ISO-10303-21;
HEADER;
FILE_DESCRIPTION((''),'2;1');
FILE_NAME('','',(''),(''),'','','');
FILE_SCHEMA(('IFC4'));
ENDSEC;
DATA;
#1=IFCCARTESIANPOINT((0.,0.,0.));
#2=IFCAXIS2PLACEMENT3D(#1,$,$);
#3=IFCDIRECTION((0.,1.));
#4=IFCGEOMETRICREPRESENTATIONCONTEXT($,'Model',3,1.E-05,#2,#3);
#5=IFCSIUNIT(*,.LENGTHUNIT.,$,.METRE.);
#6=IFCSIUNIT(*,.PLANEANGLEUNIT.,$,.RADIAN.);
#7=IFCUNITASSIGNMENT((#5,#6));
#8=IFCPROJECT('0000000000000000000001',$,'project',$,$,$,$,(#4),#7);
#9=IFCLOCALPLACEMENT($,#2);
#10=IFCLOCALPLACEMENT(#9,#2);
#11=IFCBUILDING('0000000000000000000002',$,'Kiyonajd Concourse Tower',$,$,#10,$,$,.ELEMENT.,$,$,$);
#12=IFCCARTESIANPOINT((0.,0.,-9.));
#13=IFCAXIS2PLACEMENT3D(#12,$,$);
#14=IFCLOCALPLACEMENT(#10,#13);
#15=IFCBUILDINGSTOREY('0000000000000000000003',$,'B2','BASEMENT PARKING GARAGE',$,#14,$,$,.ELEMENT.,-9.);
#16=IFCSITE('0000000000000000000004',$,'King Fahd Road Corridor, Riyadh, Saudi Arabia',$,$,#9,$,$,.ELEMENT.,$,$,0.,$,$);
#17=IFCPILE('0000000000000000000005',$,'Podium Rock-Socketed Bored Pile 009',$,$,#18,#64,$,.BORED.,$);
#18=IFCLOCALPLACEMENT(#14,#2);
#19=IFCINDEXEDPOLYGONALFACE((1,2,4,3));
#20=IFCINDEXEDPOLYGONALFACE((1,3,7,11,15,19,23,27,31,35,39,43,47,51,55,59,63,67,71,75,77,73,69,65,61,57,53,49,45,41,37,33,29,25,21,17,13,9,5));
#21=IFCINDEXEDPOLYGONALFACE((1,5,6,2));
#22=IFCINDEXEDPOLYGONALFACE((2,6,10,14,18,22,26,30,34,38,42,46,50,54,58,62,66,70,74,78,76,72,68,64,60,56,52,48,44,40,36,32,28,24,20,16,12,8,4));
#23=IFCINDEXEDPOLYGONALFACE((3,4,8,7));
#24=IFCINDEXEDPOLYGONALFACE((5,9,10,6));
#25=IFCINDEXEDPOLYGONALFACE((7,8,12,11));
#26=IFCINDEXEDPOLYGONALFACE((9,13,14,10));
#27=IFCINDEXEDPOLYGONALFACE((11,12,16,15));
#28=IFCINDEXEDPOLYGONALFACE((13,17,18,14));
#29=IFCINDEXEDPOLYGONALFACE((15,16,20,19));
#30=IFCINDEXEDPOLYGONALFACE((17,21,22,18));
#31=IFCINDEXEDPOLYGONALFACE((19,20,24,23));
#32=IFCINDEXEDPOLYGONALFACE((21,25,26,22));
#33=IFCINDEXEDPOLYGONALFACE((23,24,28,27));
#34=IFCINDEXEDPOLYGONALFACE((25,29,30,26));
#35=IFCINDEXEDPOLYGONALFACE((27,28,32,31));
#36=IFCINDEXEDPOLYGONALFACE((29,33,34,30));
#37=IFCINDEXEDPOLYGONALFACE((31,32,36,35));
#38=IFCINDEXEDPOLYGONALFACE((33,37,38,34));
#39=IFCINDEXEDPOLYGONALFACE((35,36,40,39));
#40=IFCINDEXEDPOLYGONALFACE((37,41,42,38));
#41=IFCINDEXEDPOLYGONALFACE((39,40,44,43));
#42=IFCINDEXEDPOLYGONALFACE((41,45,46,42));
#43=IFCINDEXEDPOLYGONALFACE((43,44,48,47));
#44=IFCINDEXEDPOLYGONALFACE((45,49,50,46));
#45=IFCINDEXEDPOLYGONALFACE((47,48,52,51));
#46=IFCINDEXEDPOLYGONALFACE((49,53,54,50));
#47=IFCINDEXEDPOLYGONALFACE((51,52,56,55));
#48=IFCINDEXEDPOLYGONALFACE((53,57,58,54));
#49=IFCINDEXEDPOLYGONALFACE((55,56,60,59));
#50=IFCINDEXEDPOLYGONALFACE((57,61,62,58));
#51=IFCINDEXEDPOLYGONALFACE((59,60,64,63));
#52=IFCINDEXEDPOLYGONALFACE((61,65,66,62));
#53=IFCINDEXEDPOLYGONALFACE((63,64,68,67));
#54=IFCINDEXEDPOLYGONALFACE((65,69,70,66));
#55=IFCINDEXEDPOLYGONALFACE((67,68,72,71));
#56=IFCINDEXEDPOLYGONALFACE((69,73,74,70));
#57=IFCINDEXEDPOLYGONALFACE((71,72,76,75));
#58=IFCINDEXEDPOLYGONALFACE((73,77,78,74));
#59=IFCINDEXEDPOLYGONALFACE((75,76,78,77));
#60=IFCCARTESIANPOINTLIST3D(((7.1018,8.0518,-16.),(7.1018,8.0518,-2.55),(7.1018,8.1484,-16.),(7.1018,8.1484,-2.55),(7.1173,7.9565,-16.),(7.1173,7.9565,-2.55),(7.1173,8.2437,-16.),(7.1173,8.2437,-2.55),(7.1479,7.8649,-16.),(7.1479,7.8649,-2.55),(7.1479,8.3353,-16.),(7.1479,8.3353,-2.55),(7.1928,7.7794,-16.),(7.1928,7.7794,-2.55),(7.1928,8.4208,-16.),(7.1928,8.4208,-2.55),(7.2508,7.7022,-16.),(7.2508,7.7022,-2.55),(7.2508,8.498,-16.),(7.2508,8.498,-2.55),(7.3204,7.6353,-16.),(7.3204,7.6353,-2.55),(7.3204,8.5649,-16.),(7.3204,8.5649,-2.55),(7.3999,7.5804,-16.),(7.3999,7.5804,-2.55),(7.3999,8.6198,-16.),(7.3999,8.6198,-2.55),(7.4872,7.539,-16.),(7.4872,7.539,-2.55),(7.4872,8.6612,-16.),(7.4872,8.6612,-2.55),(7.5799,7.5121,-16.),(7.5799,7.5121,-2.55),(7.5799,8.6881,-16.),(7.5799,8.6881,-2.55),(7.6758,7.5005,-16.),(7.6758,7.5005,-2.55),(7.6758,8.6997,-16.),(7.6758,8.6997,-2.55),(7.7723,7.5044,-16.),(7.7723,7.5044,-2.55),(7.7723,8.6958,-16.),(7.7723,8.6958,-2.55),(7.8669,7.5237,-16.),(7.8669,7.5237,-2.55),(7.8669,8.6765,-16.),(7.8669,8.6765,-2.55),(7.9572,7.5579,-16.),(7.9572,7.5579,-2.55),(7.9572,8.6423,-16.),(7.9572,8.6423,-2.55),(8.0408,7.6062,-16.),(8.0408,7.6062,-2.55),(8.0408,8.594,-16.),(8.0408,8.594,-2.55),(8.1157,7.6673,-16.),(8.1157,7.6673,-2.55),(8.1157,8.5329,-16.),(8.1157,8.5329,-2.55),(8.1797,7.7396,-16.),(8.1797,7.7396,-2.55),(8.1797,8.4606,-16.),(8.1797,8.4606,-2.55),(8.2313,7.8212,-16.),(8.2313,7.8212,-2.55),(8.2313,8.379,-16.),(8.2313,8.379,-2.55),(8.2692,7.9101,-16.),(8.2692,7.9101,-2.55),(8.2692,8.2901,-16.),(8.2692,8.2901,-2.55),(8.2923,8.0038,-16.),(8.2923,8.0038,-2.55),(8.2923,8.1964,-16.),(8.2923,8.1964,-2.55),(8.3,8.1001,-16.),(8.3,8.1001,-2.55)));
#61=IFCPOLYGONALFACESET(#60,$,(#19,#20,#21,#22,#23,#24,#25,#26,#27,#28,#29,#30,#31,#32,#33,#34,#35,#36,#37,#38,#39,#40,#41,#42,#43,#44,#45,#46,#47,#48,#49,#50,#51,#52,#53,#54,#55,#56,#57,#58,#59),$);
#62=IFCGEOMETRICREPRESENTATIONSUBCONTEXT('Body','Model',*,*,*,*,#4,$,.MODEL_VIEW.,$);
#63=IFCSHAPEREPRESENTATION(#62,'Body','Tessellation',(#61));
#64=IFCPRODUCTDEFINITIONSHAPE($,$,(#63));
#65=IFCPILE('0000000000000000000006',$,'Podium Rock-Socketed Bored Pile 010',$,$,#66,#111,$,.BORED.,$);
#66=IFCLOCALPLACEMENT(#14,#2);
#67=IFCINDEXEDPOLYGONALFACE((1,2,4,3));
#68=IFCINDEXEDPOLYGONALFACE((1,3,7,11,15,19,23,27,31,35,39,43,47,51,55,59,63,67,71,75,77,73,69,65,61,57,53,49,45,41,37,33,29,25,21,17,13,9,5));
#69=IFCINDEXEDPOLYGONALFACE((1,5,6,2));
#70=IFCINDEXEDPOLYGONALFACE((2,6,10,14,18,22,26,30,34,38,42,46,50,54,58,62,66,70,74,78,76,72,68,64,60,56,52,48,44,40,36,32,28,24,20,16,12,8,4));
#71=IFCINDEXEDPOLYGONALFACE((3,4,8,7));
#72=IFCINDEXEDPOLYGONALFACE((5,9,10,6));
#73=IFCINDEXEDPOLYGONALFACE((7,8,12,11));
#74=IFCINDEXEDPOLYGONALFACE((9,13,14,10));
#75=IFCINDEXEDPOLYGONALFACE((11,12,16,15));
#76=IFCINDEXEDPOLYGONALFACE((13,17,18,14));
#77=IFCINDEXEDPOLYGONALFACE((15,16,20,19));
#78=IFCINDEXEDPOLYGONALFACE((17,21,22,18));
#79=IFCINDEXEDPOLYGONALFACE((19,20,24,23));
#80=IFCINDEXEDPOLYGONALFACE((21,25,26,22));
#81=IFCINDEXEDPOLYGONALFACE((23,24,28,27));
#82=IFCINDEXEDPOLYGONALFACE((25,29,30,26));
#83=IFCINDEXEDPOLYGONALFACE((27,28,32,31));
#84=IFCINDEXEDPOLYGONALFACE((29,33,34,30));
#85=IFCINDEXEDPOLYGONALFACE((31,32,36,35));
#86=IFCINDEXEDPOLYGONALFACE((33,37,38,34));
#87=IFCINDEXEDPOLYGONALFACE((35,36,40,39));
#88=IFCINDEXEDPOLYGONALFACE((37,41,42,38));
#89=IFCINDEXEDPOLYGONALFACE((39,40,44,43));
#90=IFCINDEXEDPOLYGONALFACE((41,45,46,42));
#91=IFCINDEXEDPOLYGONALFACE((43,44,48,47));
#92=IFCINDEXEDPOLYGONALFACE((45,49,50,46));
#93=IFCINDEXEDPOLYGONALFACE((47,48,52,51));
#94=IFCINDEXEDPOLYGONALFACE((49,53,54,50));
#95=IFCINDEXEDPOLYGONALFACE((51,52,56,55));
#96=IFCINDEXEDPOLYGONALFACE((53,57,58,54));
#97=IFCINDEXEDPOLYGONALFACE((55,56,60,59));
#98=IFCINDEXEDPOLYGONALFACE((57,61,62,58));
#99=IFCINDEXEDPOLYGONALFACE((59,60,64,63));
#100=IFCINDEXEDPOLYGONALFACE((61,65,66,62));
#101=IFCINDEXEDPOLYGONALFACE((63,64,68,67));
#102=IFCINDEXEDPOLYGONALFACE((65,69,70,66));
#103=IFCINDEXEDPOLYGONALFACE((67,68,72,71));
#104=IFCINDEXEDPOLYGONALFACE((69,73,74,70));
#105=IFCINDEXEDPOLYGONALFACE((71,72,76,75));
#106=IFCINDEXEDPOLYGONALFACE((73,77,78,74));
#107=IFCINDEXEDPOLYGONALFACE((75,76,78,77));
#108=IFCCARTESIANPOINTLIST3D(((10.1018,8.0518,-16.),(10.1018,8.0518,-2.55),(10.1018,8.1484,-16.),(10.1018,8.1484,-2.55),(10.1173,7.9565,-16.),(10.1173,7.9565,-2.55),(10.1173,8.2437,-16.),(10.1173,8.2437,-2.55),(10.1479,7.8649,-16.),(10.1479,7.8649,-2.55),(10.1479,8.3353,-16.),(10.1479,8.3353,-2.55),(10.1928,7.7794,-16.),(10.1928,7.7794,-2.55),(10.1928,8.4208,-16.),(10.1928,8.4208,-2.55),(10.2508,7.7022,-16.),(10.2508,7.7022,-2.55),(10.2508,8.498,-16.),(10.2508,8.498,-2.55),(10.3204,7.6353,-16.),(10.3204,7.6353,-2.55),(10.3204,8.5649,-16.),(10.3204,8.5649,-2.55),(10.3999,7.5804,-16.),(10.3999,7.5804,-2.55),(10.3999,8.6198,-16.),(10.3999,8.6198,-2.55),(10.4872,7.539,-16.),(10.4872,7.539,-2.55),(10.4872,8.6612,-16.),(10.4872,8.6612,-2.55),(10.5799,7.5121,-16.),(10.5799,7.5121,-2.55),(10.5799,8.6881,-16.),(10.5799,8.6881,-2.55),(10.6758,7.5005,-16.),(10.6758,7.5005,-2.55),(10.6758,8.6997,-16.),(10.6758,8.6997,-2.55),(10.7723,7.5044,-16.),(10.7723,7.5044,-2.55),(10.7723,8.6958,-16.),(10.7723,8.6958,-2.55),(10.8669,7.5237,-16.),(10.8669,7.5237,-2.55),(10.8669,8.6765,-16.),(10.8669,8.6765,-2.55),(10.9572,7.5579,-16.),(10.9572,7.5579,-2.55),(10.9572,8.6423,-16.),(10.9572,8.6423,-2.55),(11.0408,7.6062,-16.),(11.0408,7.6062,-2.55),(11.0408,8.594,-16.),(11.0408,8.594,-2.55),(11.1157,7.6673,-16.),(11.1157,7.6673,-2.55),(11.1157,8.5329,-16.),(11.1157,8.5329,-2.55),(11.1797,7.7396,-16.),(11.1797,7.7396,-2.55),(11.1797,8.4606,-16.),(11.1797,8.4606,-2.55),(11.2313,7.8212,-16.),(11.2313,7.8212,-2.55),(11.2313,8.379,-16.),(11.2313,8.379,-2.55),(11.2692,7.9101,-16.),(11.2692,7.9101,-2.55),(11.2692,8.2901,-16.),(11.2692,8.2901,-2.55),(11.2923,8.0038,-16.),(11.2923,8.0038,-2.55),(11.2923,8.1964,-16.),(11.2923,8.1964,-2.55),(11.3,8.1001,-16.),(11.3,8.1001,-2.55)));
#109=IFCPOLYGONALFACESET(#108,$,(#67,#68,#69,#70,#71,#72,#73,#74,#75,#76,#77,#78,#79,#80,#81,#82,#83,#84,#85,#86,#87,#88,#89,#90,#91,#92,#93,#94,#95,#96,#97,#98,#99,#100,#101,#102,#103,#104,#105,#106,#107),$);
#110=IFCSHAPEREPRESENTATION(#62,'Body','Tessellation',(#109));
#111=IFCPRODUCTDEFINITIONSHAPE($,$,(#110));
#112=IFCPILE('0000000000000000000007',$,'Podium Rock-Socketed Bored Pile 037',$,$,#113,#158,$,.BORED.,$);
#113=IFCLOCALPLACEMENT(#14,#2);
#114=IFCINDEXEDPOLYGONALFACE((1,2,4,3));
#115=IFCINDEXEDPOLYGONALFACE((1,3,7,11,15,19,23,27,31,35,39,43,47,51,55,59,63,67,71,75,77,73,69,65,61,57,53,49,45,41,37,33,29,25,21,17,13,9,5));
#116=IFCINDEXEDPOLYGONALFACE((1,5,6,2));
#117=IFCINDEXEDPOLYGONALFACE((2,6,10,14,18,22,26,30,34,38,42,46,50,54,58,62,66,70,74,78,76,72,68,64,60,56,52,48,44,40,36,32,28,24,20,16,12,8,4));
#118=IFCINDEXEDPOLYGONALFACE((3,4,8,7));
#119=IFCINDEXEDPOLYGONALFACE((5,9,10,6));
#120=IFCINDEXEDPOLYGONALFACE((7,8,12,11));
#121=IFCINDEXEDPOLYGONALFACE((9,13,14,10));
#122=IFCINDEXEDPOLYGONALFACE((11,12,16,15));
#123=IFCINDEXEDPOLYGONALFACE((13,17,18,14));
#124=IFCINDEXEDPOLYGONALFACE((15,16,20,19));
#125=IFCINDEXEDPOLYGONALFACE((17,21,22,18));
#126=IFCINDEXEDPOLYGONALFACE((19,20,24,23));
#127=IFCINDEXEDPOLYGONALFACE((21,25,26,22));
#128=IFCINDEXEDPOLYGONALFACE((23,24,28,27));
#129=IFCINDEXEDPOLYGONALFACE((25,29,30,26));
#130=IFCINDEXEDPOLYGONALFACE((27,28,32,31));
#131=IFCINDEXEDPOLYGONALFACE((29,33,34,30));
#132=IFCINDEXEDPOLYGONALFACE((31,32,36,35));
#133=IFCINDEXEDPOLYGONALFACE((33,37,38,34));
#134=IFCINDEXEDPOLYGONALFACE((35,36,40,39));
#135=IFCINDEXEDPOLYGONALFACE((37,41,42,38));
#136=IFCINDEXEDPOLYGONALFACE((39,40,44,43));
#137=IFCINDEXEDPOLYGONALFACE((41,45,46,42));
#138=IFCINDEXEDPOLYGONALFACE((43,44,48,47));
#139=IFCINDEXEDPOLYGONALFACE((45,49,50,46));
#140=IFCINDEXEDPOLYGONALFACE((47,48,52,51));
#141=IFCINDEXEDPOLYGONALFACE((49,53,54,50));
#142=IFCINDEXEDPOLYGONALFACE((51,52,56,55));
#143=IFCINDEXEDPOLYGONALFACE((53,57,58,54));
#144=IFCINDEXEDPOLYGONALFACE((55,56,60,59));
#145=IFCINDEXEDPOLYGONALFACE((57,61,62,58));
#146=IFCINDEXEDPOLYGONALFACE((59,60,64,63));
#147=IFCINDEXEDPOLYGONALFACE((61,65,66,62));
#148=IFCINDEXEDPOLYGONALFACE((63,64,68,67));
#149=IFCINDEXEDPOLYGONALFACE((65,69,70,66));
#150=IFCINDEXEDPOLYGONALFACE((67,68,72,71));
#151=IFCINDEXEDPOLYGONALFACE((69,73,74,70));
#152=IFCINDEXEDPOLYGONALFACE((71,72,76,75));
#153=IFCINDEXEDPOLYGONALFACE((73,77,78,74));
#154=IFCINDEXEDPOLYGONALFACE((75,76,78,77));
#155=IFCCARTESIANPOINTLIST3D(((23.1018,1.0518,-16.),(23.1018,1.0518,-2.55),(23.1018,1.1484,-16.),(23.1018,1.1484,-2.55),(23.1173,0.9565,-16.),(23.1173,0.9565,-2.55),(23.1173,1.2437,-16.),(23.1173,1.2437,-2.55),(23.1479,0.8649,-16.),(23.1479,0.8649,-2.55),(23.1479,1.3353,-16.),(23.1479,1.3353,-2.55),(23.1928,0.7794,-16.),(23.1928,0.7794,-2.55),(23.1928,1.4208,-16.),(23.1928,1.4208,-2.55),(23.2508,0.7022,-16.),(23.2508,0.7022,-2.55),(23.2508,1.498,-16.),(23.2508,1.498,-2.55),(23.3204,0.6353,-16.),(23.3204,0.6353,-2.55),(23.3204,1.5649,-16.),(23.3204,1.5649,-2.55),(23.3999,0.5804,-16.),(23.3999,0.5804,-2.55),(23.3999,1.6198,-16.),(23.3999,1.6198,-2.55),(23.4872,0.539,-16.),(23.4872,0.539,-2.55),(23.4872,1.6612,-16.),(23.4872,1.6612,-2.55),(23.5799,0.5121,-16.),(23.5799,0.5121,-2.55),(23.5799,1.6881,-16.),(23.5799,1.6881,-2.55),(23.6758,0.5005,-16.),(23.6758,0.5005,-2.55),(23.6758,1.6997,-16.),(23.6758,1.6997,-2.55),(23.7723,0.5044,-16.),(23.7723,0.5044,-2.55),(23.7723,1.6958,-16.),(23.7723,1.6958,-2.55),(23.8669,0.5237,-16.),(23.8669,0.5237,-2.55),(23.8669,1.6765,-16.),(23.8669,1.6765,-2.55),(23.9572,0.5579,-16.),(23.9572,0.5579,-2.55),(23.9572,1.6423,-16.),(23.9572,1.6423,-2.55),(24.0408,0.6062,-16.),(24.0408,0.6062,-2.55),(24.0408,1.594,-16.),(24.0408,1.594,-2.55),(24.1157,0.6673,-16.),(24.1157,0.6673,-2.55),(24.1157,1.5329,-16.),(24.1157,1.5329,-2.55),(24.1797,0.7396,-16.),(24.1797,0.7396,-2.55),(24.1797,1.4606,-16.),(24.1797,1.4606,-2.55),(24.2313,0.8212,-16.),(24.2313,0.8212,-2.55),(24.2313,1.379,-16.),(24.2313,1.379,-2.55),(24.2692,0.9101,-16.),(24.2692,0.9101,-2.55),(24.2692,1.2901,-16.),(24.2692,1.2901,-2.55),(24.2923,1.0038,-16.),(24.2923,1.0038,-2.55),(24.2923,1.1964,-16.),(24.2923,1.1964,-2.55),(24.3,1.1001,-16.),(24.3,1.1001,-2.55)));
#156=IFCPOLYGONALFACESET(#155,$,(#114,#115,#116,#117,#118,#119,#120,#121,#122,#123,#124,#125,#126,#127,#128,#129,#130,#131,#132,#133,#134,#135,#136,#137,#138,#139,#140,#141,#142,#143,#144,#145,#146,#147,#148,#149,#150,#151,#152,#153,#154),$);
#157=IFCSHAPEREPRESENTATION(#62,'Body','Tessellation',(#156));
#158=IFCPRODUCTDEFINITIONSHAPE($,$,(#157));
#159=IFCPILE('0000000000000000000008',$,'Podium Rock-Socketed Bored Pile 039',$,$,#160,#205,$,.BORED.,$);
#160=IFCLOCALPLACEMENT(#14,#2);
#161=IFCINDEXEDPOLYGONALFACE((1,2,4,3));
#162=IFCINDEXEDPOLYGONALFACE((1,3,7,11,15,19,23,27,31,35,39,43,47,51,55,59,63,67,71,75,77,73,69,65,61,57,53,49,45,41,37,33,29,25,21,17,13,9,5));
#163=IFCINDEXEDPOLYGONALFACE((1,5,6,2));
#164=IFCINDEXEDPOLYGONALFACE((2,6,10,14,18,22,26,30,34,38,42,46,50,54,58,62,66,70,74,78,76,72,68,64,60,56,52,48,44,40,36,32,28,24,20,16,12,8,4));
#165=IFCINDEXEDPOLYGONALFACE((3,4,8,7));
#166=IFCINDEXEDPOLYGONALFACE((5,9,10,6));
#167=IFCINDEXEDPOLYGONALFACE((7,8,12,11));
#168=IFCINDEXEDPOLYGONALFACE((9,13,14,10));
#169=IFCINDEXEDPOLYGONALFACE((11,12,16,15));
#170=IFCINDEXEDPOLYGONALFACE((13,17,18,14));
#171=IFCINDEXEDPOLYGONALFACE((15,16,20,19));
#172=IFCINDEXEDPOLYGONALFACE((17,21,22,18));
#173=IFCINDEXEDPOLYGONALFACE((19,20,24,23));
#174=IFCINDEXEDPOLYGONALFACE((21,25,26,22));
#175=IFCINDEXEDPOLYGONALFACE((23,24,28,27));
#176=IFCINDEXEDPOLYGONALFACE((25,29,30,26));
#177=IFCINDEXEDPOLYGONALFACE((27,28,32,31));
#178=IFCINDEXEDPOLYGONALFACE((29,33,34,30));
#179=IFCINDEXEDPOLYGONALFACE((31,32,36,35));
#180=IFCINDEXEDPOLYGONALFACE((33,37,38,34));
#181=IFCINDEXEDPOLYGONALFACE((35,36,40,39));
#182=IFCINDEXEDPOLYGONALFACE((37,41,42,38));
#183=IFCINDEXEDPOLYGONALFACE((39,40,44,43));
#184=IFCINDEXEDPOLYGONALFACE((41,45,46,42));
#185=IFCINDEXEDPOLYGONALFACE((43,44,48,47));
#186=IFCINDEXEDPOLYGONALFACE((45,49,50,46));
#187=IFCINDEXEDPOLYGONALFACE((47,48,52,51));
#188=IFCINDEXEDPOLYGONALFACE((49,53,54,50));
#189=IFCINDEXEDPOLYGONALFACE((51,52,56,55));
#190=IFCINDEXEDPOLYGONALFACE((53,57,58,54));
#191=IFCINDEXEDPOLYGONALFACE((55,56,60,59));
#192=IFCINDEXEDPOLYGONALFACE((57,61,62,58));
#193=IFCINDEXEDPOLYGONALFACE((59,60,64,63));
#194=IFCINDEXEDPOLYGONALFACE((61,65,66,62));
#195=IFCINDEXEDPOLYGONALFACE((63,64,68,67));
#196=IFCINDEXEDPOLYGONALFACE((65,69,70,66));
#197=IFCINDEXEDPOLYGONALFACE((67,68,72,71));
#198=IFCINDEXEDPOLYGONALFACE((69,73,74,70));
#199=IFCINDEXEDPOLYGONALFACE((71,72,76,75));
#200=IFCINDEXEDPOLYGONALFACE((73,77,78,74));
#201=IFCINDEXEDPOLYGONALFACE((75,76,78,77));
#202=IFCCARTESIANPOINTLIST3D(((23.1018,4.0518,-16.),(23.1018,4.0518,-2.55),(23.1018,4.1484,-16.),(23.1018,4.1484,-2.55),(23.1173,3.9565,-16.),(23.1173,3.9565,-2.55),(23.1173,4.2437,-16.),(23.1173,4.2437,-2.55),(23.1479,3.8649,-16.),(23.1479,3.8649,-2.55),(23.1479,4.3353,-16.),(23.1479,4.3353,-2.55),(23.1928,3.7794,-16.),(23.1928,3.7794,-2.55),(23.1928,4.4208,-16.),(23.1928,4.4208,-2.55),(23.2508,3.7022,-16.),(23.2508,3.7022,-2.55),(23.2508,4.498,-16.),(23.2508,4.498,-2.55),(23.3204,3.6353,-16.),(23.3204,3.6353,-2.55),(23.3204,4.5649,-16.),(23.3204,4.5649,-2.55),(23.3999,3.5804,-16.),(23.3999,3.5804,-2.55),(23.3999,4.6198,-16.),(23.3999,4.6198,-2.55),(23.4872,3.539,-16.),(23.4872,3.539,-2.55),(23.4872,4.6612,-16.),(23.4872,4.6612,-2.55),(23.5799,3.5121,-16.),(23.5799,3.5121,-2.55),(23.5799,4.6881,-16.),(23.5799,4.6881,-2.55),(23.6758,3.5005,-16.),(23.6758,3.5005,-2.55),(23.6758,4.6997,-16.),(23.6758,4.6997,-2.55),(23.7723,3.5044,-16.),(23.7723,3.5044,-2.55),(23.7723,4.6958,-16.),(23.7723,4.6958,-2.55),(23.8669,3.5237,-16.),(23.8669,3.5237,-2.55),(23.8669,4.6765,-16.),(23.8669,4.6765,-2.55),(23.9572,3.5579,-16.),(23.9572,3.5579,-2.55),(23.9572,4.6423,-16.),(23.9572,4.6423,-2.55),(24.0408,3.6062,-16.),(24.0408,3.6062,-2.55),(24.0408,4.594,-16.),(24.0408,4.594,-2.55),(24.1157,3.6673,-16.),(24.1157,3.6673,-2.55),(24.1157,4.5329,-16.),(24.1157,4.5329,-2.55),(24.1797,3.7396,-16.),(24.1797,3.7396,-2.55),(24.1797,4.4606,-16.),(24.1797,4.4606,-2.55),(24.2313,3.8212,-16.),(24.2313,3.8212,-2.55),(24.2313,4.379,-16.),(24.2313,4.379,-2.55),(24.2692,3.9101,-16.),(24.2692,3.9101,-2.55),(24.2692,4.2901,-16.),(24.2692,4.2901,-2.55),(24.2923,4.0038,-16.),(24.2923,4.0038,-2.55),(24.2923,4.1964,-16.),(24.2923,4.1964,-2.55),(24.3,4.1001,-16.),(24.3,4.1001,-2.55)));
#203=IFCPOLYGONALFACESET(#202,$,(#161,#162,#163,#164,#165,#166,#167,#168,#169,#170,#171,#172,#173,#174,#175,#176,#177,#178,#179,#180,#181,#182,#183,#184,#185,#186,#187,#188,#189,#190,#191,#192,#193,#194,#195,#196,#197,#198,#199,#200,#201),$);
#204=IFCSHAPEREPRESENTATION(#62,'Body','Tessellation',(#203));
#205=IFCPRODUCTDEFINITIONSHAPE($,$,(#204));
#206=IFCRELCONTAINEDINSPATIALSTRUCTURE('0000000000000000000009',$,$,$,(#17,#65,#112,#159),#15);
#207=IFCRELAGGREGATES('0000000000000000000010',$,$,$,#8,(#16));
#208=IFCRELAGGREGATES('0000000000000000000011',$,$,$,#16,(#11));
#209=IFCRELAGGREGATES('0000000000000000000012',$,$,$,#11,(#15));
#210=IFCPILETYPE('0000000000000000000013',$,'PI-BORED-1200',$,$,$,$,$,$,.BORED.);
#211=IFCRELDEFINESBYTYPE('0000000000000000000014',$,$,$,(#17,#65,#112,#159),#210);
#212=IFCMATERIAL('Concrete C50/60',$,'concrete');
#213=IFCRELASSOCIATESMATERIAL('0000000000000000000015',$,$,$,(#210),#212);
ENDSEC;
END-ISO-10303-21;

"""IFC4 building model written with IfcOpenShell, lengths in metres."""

from ifc_helpers import new_model, si_unit, direction, frame, origin, origin_2d, place, context, subcontext, project, spatial, circle, extrude, material, material_profile, profile_set, type_object, element, save


model = new_model("IFC4")

# Units and contexts
model_context = context("Model", 3, precision=1e-05, world=origin(), true_north=direction((0.0, 1.0)))
body_context = subcontext(model_context, "Body", "Model", "MODEL_VIEW")
ifc_project = project(units=[si_unit("LENGTHUNIT", "METRE"), si_unit("PLANEANGLEUNIT", "RADIAN")], contexts=[model_context])

# Site, building, storey
site_placement = place(None, origin())
site = spatial("IfcSite", under=ifc_project, at=site_placement, Name="King Fahd Road Corridor, Riyadh, Saudi Arabia", CompositionType="ELEMENT", RefElevation=0.0)
building_placement = place(site_placement, origin())
building = spatial("IfcBuilding", under=site, at=building_placement, Name="Kiyonajd Concourse Tower", CompositionType="ELEMENT")
storey_placement = place(building_placement, frame((0.0, 0.0, -9.0)))
storey = spatial("IfcBuildingStorey", under=building, at=storey_placement, Name="B2", Description="BASEMENT PARKING GARAGE", CompositionType="ELEMENT", Elevation=-9.0)

# Shared definitions
ifc_material_1 = material(Name="Concrete C50/60", Category="concrete")

# Piles
ifc_material_profile_1 = material_profile(ifc_material_1, circle(Radius=0.6001, at=origin_2d()), Name="PILE-D1200")
ifc_profile_set_1 = profile_set([ifc_material_profile_1], Name="Concrete C50/60")
pile_type = type_object("IfcPileType", Name="PI-BORED-1200", PredefinedType="BORED", material=ifc_profile_set_1)
for number, where, z_axis, x_axis, name in (
    (1, (7.7, 8.1001, -2.55), (0.0, 0.0, -1.0), (1.0, 0.0, 0.0), "Podium Rock-Socketed Bored Pile 009"),
    (2, (10.7, 8.1001, -2.55), (0.0, 0.0, -1.0), (1.0, 0.0, 0.0), "Podium Rock-Socketed Bored Pile 010"),
    (3, (23.7, 1.1001, -2.55), (0.0, 0.0, -1.0), (1.0, 0.0, 0.0), "Podium Rock-Socketed Bored Pile 037"),
    (4, (23.7, 4.1001, -2.55), (0.0, 0.0, -1.0), (1.0, 0.0, 0.0), "Podium Rock-Socketed Bored Pile 039"),
):
    element("IfcPile", number, at=place(storey_placement, frame(where, z_axis=z_axis, x_axis=x_axis)), inside=storey, type_object=pile_type, Name=name, PredefinedType="BORED", context=body_context, shape_type="SweptSolid", body=[
        extrude(circle(Radius=0.6001, at=origin_2d()), origin(), (0.0, 0.0, 1.0), 13.45),
    ])

save(model, "model.ifc")
